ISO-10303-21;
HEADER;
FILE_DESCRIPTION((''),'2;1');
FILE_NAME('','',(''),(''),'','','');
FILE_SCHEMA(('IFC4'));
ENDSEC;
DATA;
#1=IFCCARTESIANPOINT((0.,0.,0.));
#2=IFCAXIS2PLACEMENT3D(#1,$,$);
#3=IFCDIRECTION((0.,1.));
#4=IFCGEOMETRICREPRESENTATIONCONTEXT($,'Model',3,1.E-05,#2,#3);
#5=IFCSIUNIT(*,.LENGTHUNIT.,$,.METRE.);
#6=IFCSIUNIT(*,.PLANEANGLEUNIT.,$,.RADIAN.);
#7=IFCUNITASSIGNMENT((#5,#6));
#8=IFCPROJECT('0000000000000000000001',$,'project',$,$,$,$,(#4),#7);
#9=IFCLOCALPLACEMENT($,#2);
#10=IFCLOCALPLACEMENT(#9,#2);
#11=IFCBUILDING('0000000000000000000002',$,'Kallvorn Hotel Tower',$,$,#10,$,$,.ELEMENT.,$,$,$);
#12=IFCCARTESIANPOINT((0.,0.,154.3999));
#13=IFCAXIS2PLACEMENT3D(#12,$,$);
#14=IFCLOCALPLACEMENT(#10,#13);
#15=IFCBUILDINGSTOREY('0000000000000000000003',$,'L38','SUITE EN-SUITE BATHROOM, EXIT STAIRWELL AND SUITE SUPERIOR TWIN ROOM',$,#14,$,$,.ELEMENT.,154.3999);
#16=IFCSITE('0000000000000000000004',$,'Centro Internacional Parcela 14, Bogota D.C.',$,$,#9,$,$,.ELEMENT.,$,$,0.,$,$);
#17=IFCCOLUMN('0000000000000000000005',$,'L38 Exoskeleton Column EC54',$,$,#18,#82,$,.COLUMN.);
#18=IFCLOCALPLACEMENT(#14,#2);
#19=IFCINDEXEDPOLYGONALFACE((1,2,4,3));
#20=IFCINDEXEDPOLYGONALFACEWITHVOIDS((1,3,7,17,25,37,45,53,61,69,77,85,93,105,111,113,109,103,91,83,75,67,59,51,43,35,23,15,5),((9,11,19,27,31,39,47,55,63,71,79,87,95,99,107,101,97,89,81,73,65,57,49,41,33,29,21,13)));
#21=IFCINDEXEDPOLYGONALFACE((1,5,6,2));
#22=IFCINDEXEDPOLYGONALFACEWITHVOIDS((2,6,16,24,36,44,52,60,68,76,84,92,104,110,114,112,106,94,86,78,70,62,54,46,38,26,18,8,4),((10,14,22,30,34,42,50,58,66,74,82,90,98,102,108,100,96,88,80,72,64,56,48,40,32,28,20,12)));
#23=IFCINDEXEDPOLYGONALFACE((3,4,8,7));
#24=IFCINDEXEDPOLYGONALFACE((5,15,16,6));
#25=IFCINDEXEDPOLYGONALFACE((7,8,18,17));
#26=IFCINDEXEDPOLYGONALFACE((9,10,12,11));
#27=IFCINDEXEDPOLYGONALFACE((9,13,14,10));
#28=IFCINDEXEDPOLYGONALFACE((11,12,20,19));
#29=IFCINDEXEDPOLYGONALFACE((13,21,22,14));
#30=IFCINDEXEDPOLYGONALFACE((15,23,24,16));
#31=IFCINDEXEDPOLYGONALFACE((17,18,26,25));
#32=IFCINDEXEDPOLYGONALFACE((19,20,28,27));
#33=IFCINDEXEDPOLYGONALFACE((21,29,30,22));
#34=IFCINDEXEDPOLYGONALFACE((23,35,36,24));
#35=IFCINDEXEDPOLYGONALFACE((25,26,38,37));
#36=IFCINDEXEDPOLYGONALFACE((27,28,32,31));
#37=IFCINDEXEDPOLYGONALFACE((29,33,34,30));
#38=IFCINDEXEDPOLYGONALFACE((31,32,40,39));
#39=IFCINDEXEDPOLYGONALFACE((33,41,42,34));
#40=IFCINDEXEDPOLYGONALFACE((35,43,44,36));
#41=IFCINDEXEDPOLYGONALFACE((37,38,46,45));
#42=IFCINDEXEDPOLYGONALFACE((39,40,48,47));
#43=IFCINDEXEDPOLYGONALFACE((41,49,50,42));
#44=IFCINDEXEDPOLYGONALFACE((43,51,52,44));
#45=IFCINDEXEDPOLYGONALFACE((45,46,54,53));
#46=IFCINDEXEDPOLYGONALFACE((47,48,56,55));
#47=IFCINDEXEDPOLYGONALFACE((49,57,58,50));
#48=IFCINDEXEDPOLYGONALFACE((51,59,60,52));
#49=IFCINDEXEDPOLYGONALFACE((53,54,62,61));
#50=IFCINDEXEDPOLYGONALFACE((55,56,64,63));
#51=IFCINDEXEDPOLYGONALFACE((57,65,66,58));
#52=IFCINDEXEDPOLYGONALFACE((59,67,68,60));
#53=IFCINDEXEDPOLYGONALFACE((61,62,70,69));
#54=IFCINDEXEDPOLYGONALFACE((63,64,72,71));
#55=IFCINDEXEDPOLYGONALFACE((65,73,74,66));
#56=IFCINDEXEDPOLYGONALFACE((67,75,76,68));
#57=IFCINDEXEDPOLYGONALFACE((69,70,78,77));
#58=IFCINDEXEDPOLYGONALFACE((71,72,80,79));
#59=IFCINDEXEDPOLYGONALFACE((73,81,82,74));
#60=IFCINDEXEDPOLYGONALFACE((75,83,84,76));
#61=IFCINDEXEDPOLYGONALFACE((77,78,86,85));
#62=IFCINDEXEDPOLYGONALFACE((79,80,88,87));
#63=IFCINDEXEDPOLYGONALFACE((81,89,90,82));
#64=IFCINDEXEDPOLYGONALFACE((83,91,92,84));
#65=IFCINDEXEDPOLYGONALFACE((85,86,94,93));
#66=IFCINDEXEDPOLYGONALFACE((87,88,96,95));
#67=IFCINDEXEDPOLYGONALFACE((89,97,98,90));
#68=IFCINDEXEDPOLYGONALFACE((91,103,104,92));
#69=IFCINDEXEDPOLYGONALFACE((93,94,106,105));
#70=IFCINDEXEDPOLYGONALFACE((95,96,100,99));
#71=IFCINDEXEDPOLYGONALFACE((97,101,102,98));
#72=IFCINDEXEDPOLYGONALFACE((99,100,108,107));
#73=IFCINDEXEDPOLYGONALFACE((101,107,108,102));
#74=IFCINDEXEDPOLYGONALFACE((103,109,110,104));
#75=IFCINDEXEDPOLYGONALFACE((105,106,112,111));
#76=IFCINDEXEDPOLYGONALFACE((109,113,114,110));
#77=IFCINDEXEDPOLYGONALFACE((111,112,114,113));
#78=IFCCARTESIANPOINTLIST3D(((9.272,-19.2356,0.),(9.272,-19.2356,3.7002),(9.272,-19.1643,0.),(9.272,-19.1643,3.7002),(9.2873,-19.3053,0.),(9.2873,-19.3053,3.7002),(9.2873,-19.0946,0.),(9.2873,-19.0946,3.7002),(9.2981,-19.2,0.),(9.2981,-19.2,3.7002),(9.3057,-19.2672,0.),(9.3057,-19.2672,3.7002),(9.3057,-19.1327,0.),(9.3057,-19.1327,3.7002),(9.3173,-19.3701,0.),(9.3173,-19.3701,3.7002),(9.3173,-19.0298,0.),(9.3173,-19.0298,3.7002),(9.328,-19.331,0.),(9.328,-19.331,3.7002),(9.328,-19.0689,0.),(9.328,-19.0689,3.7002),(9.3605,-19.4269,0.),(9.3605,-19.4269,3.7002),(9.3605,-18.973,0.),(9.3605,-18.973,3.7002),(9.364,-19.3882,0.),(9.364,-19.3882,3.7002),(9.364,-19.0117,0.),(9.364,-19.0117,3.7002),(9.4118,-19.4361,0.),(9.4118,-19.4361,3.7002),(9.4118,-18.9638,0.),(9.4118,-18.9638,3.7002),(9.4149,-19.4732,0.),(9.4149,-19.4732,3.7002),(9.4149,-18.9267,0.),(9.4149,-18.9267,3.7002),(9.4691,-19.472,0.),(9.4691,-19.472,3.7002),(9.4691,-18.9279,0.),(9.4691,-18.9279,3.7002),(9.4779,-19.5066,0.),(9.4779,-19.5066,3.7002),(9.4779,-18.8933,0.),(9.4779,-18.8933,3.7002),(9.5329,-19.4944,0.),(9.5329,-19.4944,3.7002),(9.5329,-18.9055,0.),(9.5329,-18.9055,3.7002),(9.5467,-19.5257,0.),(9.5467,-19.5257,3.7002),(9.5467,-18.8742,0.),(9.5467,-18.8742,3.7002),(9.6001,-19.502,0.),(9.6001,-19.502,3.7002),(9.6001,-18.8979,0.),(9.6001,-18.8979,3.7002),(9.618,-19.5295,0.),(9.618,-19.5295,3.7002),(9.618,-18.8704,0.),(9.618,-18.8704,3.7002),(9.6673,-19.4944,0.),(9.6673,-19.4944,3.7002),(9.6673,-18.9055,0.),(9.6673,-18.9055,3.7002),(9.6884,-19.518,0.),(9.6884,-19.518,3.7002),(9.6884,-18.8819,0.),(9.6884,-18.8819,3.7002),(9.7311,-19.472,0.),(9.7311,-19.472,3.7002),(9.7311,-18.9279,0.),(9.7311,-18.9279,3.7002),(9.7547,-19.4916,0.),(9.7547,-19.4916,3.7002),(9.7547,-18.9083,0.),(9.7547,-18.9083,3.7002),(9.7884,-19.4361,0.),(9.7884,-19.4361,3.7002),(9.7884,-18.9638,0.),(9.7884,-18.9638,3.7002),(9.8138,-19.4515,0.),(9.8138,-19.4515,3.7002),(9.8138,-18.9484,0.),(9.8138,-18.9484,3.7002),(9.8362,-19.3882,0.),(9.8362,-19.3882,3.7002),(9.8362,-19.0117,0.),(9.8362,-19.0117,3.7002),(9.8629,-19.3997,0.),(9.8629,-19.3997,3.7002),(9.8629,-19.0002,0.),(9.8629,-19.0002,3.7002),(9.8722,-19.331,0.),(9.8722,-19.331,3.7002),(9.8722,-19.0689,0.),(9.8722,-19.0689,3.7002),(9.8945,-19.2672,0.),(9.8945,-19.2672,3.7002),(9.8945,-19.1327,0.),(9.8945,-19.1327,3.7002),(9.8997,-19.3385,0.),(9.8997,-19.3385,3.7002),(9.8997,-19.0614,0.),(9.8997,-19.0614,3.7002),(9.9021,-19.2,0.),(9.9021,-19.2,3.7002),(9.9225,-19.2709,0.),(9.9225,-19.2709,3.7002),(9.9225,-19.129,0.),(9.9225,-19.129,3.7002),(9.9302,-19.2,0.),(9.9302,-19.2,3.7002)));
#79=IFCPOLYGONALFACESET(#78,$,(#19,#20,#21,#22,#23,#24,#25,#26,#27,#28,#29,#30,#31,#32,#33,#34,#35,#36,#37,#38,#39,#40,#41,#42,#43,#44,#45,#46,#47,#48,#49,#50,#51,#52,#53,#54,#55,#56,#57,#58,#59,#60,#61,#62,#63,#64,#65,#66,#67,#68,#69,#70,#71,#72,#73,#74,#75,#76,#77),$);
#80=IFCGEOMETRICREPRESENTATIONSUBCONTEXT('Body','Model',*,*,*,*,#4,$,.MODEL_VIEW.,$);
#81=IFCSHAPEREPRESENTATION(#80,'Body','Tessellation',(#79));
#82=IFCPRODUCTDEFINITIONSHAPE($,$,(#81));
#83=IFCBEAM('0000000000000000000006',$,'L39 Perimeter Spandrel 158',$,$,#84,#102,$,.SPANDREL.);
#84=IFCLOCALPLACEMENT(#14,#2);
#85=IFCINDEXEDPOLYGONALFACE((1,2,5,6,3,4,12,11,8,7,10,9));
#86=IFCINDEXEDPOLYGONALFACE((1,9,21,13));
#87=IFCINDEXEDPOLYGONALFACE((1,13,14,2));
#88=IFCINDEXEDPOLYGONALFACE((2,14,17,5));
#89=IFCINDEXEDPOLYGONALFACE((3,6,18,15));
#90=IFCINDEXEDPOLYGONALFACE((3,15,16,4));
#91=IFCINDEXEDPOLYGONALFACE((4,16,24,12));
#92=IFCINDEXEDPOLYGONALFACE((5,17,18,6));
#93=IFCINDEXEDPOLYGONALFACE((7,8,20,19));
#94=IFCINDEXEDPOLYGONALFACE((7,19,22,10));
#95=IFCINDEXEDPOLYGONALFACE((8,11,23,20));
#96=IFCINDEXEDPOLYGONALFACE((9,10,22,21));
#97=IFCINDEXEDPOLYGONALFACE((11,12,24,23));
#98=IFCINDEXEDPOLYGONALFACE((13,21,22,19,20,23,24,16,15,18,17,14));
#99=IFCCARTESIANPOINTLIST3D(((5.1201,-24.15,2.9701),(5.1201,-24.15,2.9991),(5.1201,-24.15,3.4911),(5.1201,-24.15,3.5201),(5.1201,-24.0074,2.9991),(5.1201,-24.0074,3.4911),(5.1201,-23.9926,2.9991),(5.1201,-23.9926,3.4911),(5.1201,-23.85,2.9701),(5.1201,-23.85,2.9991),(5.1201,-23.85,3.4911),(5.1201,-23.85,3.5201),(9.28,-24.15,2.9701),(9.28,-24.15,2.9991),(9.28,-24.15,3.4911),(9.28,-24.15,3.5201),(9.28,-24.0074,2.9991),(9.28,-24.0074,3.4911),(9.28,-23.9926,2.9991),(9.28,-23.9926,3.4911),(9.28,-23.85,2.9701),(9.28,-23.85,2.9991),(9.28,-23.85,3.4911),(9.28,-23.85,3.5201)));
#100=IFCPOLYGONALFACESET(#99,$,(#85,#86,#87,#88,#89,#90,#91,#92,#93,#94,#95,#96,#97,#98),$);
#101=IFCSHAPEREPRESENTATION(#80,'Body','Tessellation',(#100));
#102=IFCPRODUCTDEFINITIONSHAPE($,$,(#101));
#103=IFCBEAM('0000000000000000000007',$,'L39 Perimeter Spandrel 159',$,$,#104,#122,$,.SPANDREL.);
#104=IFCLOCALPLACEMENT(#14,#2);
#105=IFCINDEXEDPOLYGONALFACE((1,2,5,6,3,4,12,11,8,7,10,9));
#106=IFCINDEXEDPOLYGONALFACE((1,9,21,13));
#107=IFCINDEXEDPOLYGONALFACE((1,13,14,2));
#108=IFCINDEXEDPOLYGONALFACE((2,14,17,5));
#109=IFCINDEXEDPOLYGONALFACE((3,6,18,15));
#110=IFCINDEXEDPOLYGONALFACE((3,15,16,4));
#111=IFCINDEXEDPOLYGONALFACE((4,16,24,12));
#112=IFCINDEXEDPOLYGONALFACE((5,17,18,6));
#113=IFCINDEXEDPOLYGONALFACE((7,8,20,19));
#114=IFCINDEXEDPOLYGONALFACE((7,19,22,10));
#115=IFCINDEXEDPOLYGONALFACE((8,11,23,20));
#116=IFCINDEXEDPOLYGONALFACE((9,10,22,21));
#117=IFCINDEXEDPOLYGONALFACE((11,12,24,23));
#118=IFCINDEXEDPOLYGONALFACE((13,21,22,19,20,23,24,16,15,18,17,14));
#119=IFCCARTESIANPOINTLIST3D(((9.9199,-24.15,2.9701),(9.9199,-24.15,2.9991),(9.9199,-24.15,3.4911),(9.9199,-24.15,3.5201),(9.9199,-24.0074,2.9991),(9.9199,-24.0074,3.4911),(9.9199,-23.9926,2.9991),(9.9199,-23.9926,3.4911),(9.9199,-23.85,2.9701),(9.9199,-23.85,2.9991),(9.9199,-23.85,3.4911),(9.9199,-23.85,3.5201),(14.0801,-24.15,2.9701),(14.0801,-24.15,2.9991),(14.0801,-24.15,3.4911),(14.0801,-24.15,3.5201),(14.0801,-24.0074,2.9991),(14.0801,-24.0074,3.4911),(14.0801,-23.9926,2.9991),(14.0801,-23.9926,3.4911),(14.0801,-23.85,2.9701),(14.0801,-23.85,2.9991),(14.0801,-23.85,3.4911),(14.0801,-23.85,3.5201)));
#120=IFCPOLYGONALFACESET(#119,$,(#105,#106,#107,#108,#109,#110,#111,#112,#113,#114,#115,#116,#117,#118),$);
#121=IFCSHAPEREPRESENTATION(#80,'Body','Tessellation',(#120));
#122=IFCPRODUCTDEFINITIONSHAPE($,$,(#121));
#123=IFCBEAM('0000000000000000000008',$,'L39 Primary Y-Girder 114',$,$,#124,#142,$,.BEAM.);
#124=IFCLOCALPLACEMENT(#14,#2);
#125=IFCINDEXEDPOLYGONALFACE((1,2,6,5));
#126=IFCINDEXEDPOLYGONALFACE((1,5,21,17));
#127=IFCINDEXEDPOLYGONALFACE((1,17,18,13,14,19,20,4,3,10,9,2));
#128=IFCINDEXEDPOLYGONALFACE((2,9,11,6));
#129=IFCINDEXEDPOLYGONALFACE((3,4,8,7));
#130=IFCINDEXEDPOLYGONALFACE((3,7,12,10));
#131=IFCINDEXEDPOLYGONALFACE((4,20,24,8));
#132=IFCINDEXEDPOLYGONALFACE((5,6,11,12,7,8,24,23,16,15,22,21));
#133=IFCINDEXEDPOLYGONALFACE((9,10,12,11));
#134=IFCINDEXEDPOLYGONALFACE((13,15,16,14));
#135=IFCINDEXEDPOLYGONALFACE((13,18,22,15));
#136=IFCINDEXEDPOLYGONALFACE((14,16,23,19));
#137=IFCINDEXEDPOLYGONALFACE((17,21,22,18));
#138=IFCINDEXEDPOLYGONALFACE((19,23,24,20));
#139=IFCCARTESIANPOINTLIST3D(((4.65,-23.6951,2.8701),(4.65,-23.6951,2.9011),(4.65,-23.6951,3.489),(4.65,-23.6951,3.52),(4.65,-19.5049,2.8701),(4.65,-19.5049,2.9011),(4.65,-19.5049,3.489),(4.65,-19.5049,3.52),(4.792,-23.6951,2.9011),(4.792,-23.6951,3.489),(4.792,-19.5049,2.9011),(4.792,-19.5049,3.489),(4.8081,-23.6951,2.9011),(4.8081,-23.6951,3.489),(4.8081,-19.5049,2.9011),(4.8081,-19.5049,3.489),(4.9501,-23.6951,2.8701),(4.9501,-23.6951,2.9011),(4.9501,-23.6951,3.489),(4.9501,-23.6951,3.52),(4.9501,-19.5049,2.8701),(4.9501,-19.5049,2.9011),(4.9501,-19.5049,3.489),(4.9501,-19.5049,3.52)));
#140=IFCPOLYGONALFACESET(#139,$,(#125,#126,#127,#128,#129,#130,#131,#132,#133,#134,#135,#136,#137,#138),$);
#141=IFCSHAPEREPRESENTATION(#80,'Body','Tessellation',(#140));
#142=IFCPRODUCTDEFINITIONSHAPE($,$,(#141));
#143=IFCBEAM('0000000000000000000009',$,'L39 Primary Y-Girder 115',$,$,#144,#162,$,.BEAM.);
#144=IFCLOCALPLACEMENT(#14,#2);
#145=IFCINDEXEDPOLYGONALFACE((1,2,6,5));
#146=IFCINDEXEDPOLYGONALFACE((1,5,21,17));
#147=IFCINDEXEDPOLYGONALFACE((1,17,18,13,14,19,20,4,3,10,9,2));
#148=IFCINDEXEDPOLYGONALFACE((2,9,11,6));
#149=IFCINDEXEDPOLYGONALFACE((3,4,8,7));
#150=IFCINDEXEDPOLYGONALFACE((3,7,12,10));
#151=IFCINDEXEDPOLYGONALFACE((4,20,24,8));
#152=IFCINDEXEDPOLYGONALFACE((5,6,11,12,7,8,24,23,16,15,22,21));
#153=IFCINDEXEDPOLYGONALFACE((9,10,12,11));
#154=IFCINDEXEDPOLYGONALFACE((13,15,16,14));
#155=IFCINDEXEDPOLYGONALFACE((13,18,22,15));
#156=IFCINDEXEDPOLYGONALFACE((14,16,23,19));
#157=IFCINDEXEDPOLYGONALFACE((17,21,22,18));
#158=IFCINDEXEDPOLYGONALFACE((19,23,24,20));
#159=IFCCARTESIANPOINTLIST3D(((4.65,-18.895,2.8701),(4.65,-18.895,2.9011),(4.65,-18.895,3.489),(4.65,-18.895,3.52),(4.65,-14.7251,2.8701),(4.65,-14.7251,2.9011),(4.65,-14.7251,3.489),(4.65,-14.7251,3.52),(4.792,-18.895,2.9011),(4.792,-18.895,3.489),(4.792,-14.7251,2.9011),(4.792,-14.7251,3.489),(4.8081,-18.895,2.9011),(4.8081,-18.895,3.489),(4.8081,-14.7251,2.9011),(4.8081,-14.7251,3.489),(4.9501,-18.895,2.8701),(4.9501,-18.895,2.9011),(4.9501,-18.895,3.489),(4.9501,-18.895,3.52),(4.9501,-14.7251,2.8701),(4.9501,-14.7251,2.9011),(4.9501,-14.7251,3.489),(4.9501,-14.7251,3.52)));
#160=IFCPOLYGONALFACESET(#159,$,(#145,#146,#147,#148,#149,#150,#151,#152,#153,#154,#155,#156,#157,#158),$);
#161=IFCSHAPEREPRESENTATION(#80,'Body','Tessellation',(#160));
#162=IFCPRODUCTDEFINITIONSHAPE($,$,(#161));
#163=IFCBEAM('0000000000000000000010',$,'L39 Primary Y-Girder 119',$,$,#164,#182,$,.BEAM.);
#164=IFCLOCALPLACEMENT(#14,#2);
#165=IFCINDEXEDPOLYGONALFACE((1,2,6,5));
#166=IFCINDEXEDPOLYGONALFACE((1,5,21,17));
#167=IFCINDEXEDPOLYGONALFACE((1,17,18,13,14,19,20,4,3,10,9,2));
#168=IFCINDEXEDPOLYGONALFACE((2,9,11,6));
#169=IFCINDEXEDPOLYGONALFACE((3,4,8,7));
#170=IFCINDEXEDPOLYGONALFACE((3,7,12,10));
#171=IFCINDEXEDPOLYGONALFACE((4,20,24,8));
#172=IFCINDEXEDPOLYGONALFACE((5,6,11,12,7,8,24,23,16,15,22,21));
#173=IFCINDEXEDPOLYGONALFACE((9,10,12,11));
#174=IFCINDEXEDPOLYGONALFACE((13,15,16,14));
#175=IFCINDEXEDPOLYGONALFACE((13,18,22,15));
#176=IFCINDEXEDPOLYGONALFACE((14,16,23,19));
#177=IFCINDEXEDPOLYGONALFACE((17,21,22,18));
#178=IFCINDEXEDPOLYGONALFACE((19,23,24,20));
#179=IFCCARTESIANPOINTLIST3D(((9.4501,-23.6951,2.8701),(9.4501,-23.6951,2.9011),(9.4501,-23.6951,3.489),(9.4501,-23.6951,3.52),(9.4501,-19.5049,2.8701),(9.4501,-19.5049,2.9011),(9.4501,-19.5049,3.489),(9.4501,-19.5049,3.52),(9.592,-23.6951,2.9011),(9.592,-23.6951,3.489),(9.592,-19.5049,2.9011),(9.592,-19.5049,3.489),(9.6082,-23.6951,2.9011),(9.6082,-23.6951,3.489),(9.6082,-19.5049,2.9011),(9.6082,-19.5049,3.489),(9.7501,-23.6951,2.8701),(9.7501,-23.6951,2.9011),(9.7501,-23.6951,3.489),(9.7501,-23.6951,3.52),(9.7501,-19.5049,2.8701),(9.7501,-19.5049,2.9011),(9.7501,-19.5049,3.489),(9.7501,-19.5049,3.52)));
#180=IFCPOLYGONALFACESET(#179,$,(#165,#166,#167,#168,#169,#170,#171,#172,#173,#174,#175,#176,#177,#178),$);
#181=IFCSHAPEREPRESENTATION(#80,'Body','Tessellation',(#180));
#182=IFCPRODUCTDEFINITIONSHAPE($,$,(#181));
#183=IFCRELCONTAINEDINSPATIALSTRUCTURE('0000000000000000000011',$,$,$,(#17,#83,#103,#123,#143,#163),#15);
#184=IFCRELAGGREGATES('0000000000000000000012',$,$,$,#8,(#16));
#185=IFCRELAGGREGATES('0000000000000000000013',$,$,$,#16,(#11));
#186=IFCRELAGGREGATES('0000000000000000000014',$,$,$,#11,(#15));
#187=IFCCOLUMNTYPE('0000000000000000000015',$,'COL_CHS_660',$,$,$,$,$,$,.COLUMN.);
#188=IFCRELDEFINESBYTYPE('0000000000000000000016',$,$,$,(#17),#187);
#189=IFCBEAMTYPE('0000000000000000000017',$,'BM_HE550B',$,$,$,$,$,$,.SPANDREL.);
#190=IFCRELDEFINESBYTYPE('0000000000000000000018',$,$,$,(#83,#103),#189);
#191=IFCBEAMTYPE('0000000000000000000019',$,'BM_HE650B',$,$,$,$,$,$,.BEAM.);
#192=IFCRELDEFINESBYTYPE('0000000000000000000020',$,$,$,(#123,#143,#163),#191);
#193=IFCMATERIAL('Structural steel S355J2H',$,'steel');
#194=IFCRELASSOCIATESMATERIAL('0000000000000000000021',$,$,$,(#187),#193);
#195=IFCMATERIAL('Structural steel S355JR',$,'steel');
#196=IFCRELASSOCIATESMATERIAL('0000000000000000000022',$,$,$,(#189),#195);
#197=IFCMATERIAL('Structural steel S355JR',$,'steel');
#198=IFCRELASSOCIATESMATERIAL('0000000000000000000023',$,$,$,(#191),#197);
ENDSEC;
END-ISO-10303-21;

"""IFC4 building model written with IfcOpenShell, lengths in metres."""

from ifc_helpers import new_model, si_unit, direction, frame, origin, origin_2d, place, context, subcontext, project, spatial, hollow_circle, i_section, extrude, material, material_profile, profile_set, type_object, element, save


model = new_model("IFC4")

# Units and contexts
model_context = context("Model", 3, precision=1e-05, world=origin(), true_north=direction((0.0, 1.0)))
body_context = subcontext(model_context, "Body", "Model", "MODEL_VIEW")
ifc_project = project(units=[si_unit("LENGTHUNIT", "METRE"), si_unit("PLANEANGLEUNIT", "RADIAN")], contexts=[model_context])

# Site, building, storey
site_placement = place(None, origin())
site = spatial("IfcSite", under=ifc_project, at=site_placement, Name="Centro Internacional Parcela 14, Bogota D.C.", CompositionType="ELEMENT", RefElevation=0.0)
building_placement = place(site_placement, origin())
building = spatial("IfcBuilding", under=site, at=building_placement, Name="Kallvorn Hotel Tower", CompositionType="ELEMENT")
storey_placement = place(building_placement, frame((0.0, 0.0, 154.3999)))
storey = spatial("IfcBuildingStorey", under=building, at=storey_placement, Name="L38", Description="SUITE EN-SUITE BATHROOM, EXIT STAIRWELL AND SUITE SUPERIOR TWIN ROOM", CompositionType="ELEMENT", Elevation=154.3999)

# Column
ifc_material_1 = material(Name="Structural steel S355J2H", Category="steel")
ifc_material_profile_1 = material_profile(ifc_material_1, hollow_circle(Radius=0.3301, WallThickness=0.0281, at=origin_2d()), Name="CHS 660x28")
ifc_profile_set_1 = profile_set([ifc_material_profile_1], Name="Structural steel S355J2H")
column_type = type_object("IfcColumnType", Name="COL_CHS_660", PredefinedType="COLUMN", material=ifc_profile_set_1)
column_1_placement = place(storey_placement, frame((9.6001, -19.2, 0.0), z_axis=(0.0, 0.0, 1.0), x_axis=(1.0, 0.0, 0.0)))
element("IfcColumn", 1, at=column_1_placement, inside=storey, type_object=column_type, Name="L38 Exoskeleton Column EC54", PredefinedType="COLUMN", context=body_context, shape_type="SweptSolid", body=[
    extrude(hollow_circle(Radius=0.3301, WallThickness=0.0281, at=origin_2d()), origin(), (0.0, 0.0, 1.0), 3.7002),
])

# Beams
ifc_material_2 = material(Name="Structural steel S355JR", Category="steel")
ifc_material_profile_2 = material_profile(ifc_material_2, i_section(OverallWidth=0.3, OverallDepth=0.55, WebThickness=0.0149, FlangeThickness=0.0291, at=origin_2d()), Name="HE 550 B")
ifc_profile_set_2 = profile_set([ifc_material_profile_2], Name="Structural steel S355JR")
beam_type_1 = type_object("IfcBeamType", Name="BM_HE550B", PredefinedType="SPANDREL", material=ifc_profile_set_2)
beam_1_placement = place(storey_placement, frame((5.1201, -24.0, 3.2451), z_axis=(1.0, 0.0, 0.0), x_axis=(0.0, 1.0, 0.0)))
element("IfcBeam", 2, at=beam_1_placement, inside=storey, type_object=beam_type_1, Name="L39 Perimeter Spandrel 158", PredefinedType="SPANDREL", context=body_context, shape_type="SweptSolid", body=[
    extrude(i_section(OverallWidth=0.3, OverallDepth=0.55, WebThickness=0.0149, FlangeThickness=0.0291, at=origin_2d()), origin(), (0.0, 0.0, 1.0), 4.1599),
])
beam_2_placement = place(storey_placement, frame((9.9199, -24.0, 3.2451), z_axis=(1.0, 0.0, 0.0), x_axis=(0.0, 1.0, 0.0)))
element("IfcBeam", 3, at=beam_2_placement, inside=storey, type_object=beam_type_1, Name="L39 Perimeter Spandrel 159", PredefinedType="SPANDREL", context=body_context, shape_type="SweptSolid", body=[
    extrude(i_section(OverallWidth=0.3, OverallDepth=0.55, WebThickness=0.0149, FlangeThickness=0.0291, at=origin_2d()), origin(), (0.0, 0.0, 1.0), 4.1602),
])
ifc_material_3 = material(Name="Structural steel S355JR", Category="steel")
ifc_material_profile_3 = material_profile(ifc_material_3, i_section(OverallWidth=0.3, OverallDepth=0.6499, WebThickness=0.0161, FlangeThickness=0.031, at=origin_2d()), Name="HE 650 B")
ifc_profile_set_3 = profile_set([ifc_material_profile_3], Name="Structural steel S355JR")
beam_type_2 = type_object("IfcBeamType", Name="BM_HE650B", PredefinedType="BEAM", material=ifc_profile_set_3)
beam_3_placement = place(storey_placement, frame((4.8, -23.6951, 3.1951), z_axis=(0.0, 1.0, 0.0), x_axis=(-1.0, 0.0, 0.0)))
element("IfcBeam", 4, at=beam_3_placement, inside=storey, type_object=beam_type_2, Name="L39 Primary Y-Girder 114", PredefinedType="BEAM", context=body_context, shape_type="SweptSolid", body=[
    extrude(i_section(OverallWidth=0.3, OverallDepth=0.6499, WebThickness=0.0161, FlangeThickness=0.031, at=origin_2d()), origin(), (0.0, 0.0, 1.0), 4.1902),
])
beam_4_placement = place(storey_placement, frame((4.8, -18.895, 3.1951), z_axis=(0.0, 1.0, 0.0), x_axis=(-1.0, 0.0, 0.0)))
element("IfcBeam", 5, at=beam_4_placement, inside=storey, type_object=beam_type_2, Name="L39 Primary Y-Girder 115", PredefinedType="BEAM", context=body_context, shape_type="SweptSolid", body=[
    extrude(i_section(OverallWidth=0.3, OverallDepth=0.6499, WebThickness=0.0161, FlangeThickness=0.031, at=origin_2d()), origin(), (0.0, 0.0, 1.0), 4.1699),
])
beam_5_placement = place(storey_placement, frame((9.6001, -23.6951, 3.1951), z_axis=(0.0, 1.0, 0.0), x_axis=(-1.0, 0.0, 0.0)))
element("IfcBeam", 6, at=beam_5_placement, inside=storey, type_object=beam_type_2, Name="L39 Primary Y-Girder 119", PredefinedType="BEAM", context=body_context, shape_type="SweptSolid", body=[
    extrude(i_section(OverallWidth=0.3, OverallDepth=0.6499, WebThickness=0.0161, FlangeThickness=0.031, at=origin_2d()), origin(), (0.0, 0.0, 1.0), 4.1902),
])

save(model, "model.ifc")
